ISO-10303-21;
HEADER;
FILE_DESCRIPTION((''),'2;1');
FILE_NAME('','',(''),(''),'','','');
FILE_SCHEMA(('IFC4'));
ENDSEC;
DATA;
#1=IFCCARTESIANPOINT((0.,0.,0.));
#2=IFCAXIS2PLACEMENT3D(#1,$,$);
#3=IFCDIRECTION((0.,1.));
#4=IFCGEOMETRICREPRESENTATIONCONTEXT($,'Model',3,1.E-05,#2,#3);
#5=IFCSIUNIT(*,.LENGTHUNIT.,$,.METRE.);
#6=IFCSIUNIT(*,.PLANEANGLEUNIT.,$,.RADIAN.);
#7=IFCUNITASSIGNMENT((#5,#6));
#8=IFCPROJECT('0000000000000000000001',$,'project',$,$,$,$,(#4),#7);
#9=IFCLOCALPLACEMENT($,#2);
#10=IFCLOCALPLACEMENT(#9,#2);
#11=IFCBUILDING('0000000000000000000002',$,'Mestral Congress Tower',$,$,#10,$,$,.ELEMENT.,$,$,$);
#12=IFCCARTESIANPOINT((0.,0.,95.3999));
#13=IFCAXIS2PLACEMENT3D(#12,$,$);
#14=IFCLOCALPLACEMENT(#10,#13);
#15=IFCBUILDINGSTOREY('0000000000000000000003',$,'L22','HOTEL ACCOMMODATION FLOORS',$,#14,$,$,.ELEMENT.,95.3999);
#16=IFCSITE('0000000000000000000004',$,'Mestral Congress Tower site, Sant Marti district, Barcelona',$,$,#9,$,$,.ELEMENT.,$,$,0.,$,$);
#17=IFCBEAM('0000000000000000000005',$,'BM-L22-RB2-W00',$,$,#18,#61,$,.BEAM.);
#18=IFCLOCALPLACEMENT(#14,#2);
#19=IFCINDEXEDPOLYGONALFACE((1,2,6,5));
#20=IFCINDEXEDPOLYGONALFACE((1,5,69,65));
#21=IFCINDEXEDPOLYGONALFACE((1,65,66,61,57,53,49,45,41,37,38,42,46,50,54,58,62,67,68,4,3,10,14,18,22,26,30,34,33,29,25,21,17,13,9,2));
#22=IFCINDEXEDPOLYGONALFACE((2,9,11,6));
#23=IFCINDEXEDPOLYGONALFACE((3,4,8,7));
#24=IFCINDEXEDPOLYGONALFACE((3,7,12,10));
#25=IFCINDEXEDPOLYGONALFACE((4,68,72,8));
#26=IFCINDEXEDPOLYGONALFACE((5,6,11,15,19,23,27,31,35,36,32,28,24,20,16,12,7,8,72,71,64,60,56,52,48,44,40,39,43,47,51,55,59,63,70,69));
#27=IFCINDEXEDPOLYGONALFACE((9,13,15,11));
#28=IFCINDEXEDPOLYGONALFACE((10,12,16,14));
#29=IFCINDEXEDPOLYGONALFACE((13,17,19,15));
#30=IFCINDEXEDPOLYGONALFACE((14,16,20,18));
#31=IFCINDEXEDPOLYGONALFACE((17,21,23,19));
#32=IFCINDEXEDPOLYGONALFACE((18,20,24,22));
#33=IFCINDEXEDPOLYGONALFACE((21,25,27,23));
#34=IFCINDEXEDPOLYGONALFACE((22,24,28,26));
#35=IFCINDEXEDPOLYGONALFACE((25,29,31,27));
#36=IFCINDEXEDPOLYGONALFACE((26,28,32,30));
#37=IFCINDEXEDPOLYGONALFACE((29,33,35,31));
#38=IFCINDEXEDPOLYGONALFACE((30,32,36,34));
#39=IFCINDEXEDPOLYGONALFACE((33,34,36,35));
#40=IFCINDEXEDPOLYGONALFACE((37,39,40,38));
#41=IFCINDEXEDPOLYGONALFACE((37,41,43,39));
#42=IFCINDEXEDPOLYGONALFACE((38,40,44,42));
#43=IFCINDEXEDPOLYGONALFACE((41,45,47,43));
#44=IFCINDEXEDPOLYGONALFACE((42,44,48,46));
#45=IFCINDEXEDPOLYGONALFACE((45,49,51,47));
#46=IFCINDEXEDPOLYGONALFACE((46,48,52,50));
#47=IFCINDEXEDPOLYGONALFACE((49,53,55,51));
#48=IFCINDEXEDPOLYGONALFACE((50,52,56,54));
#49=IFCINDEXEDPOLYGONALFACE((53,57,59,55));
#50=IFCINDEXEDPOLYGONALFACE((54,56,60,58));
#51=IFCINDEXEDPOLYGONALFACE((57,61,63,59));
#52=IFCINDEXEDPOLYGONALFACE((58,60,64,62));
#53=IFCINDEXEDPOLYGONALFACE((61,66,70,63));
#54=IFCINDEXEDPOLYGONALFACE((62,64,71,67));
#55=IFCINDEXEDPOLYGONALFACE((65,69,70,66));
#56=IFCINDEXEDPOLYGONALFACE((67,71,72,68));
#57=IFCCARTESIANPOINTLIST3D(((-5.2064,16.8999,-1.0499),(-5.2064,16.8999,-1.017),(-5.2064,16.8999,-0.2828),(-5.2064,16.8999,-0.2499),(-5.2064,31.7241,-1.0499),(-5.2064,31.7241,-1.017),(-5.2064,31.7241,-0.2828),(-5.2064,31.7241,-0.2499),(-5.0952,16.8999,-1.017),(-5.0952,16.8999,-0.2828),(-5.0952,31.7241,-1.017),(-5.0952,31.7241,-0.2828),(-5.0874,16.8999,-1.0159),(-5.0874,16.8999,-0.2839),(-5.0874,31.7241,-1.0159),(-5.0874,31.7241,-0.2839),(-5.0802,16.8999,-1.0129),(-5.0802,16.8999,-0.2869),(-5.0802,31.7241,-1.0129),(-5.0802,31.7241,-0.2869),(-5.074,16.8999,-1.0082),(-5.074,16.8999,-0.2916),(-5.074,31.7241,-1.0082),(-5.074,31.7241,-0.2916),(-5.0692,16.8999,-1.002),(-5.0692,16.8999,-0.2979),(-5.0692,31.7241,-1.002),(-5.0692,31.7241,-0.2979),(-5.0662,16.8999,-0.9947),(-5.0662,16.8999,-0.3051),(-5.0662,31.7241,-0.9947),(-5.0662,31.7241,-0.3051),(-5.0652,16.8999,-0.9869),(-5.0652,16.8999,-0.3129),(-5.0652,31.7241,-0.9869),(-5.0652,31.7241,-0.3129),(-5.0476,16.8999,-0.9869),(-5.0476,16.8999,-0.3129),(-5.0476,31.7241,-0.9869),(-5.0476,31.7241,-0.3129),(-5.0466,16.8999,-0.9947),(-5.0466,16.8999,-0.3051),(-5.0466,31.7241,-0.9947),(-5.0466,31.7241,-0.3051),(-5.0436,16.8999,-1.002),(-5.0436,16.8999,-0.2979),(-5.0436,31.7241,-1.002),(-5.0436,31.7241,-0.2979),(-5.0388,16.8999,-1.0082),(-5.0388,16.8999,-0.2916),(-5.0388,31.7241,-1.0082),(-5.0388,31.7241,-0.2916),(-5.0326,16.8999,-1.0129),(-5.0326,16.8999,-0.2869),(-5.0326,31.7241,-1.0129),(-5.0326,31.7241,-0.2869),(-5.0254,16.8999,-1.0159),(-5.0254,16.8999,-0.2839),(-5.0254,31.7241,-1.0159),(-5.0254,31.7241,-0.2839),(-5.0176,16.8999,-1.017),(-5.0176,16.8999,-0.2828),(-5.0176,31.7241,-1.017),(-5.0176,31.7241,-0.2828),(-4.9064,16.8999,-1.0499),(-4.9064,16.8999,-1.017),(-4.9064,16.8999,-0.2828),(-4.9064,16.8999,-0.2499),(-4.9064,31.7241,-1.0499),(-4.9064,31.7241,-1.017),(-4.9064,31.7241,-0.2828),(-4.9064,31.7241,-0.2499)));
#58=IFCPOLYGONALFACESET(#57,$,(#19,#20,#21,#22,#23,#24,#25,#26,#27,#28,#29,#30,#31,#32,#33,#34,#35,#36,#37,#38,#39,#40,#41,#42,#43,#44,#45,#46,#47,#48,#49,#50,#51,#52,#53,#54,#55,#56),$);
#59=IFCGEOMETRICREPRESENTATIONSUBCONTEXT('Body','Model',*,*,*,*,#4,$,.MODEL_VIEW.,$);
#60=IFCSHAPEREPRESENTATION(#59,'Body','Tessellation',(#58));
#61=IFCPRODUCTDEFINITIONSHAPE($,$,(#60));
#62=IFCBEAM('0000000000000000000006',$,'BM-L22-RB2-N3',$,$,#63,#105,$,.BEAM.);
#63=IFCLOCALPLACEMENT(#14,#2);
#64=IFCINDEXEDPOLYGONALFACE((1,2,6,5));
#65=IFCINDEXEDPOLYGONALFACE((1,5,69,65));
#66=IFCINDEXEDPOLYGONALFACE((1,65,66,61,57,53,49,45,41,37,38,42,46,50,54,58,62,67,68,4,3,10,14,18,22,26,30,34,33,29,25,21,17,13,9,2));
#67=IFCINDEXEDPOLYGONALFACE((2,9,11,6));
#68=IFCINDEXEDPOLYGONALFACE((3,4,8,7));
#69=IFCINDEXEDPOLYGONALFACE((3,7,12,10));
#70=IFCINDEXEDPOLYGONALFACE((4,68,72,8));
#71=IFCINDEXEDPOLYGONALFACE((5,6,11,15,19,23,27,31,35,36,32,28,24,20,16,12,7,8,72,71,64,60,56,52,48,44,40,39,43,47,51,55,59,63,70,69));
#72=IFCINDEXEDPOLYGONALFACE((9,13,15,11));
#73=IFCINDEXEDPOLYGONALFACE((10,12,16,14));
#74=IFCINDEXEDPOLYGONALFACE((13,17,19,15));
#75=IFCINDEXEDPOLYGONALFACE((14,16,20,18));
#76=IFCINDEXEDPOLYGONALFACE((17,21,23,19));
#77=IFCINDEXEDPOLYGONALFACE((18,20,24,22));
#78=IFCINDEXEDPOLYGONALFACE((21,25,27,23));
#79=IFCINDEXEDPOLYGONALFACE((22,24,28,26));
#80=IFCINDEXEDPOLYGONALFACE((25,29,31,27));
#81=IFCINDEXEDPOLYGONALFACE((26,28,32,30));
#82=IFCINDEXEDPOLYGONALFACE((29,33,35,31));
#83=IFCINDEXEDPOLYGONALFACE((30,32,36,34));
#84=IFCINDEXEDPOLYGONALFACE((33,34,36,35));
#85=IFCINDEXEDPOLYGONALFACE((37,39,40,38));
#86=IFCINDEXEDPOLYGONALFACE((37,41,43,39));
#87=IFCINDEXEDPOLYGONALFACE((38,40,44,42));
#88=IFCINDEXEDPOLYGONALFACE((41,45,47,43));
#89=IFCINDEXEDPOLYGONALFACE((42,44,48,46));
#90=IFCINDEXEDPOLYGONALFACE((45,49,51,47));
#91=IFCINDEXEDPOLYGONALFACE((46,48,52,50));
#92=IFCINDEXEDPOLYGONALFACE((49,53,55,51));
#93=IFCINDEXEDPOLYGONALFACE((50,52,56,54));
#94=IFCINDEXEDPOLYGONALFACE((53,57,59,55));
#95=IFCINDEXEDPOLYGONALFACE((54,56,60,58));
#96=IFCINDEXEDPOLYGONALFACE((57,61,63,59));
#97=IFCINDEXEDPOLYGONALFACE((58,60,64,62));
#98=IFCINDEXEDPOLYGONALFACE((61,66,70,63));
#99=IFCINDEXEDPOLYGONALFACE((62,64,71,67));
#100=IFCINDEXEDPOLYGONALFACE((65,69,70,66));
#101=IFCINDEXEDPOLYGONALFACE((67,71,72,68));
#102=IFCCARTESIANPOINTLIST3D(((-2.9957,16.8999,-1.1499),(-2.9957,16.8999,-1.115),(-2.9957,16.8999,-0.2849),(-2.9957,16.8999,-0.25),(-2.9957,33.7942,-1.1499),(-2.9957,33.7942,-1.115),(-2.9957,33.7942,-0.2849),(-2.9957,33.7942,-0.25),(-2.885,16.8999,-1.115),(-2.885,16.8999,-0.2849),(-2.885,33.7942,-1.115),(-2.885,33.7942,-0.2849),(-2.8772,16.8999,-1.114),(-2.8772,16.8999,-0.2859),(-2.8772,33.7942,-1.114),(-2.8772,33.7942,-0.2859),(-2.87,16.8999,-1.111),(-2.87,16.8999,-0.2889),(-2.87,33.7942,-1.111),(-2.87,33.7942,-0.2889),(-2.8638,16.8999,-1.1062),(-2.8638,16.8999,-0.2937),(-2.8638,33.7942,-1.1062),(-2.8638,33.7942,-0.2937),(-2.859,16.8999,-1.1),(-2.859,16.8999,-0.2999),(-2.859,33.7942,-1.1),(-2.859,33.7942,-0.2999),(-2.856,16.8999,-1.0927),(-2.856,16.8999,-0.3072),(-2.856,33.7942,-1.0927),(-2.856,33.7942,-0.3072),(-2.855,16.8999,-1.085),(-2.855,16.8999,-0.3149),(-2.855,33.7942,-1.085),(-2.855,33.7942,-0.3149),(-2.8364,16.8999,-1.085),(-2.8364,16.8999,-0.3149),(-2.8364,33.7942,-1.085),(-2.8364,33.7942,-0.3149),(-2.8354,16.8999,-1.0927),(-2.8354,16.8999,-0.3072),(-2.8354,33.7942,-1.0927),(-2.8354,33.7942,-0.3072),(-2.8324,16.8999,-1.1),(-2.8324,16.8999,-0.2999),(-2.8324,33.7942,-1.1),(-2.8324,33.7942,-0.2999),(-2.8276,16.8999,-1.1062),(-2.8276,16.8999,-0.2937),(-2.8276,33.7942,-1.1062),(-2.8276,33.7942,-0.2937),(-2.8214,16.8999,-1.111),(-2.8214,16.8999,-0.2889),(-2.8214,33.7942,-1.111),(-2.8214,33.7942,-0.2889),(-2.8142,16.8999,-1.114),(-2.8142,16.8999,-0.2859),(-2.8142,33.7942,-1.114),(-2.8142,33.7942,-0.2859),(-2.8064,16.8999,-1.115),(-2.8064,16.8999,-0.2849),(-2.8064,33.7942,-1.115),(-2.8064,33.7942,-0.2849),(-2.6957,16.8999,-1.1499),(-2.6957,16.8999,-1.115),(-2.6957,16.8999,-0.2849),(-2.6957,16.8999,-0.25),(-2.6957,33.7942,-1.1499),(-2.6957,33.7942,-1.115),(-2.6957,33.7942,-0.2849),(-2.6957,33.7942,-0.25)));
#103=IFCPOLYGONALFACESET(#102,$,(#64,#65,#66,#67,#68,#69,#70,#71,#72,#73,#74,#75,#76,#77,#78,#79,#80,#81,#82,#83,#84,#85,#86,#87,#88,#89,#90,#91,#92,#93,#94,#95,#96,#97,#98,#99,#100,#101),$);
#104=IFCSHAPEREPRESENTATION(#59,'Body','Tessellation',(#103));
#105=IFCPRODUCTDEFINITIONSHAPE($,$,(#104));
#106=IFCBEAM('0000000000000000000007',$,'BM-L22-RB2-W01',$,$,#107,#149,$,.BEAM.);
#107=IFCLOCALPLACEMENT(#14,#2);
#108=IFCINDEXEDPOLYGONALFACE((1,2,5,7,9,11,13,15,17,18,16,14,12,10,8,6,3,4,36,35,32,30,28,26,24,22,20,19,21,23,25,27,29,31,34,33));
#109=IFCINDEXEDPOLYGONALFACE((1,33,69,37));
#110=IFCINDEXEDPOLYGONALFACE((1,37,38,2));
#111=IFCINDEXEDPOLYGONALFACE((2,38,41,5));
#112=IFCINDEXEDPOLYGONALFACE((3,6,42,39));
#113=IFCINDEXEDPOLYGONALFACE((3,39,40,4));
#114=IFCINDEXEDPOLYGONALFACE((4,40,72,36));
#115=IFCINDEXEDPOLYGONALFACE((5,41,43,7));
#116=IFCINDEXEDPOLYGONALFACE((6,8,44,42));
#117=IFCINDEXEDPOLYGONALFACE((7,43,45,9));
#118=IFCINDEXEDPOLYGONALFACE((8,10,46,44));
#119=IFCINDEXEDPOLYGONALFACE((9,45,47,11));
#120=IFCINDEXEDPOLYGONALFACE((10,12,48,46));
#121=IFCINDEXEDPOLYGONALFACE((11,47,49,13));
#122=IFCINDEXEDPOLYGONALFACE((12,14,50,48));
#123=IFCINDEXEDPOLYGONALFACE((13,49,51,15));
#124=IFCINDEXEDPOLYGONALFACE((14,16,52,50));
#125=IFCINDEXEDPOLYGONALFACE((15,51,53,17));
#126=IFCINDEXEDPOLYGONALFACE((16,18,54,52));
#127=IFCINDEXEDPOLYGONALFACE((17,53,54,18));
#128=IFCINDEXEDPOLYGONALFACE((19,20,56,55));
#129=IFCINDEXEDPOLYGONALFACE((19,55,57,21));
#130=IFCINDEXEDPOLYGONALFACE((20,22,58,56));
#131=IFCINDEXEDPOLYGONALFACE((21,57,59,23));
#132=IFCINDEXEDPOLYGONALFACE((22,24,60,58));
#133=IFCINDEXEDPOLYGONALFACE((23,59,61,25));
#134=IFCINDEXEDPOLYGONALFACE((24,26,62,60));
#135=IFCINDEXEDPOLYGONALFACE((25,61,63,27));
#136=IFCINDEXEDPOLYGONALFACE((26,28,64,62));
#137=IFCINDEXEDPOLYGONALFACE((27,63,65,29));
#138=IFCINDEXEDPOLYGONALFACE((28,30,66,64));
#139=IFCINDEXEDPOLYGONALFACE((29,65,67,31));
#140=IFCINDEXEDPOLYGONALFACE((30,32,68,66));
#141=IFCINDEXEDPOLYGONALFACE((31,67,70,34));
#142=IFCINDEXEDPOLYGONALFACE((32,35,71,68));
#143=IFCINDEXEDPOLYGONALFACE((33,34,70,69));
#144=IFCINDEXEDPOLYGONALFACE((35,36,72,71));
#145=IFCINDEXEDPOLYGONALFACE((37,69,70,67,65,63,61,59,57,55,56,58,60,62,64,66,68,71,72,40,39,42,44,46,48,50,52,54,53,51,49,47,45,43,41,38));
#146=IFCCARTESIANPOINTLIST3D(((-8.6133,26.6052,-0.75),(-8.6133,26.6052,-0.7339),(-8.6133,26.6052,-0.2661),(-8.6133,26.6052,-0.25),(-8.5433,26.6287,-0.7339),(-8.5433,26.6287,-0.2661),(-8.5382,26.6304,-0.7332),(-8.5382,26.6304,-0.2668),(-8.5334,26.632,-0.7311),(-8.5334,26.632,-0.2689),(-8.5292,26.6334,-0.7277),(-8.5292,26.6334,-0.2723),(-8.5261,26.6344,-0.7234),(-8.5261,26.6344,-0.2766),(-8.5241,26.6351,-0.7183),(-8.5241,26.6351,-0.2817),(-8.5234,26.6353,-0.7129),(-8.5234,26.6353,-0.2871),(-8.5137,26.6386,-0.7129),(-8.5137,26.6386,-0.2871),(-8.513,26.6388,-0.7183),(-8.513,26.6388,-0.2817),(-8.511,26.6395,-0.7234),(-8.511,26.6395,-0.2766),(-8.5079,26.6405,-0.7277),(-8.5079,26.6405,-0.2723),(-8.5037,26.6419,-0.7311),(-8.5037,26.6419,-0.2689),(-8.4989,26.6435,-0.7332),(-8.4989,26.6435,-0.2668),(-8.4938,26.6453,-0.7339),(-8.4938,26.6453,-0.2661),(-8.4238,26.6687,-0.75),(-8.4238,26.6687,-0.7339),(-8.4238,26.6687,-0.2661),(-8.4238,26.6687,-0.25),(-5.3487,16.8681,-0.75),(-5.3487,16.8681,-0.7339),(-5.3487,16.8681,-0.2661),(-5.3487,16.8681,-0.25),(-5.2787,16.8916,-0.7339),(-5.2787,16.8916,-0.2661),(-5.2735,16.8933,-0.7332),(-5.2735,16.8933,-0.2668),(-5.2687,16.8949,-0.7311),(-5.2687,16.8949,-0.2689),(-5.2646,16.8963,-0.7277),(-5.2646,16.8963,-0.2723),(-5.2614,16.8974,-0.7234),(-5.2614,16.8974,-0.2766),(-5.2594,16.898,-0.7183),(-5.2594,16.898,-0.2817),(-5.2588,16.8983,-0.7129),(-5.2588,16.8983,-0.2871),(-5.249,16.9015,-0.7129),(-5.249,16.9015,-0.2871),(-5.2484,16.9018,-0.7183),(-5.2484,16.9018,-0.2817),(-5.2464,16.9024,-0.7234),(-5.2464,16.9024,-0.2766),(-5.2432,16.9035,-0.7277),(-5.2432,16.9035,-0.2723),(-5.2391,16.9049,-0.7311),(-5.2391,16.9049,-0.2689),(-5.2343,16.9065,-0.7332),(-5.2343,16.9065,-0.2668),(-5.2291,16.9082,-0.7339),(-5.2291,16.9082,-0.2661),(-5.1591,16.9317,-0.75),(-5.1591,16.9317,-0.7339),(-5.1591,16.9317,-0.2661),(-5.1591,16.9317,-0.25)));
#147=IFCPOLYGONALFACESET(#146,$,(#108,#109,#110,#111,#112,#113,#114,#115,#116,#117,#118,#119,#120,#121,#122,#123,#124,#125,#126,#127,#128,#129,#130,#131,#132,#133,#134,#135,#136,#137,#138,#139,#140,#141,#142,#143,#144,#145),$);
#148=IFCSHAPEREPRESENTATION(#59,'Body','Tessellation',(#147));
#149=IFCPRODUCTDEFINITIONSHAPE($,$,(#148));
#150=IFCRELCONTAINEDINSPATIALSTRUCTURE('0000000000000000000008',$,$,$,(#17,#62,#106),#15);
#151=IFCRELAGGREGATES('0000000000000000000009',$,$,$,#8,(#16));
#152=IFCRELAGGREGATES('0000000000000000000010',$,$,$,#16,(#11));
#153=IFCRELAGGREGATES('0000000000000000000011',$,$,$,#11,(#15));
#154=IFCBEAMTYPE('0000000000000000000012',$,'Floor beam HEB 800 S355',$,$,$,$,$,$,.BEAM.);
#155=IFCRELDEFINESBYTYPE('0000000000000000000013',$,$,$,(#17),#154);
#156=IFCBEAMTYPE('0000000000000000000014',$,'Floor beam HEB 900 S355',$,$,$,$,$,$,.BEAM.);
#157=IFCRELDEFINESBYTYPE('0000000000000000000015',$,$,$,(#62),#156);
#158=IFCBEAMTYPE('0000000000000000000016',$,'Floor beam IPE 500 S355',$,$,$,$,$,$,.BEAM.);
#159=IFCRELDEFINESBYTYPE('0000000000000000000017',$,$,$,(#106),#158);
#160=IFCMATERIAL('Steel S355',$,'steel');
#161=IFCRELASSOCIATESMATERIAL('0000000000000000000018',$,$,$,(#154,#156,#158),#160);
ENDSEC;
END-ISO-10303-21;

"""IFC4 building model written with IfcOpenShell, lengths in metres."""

from ifc_helpers import new_model, si_unit, direction, frame, origin, origin_2d, place, context, subcontext, project, spatial, i_section, extrude, material, material_profile, profile_set, type_object, element, save


model = new_model("IFC4")

# Units and contexts
model_context = context("Model", 3, precision=1e-05, world=origin(), true_north=direction((0.0, 1.0)))
body_context = subcontext(model_context, "Body", "Model", "MODEL_VIEW")
ifc_project = project(units=[si_unit("LENGTHUNIT", "METRE"), si_unit("PLANEANGLEUNIT", "RADIAN")], contexts=[model_context])

# Site, building, storey
site_placement = place(None, origin())
site = spatial("IfcSite", under=ifc_project, at=site_placement, Name="Mestral Congress Tower site, Sant Marti district, Barcelona", CompositionType="ELEMENT", RefElevation=0.0)
building_placement = place(site_placement, origin())
building = spatial("IfcBuilding", under=site, at=building_placement, Name="Mestral Congress Tower", CompositionType="ELEMENT")
storey_placement = place(building_placement, frame((0.0, 0.0, 95.3999)))
storey = spatial("IfcBuildingStorey", under=building, at=storey_placement, Name="L22", Description="HOTEL ACCOMMODATION FLOORS", CompositionType="ELEMENT", Elevation=95.3999)

# Beams
ifc_material_1 = material(Name="Steel S355", Category="steel")
ifc_material_profile_1 = material_profile(ifc_material_1, i_section(OverallWidth=0.3, OverallDepth=0.8, WebThickness=0.0176, FlangeThickness=0.033, FilletRadius=0.03, at=origin_2d()), Name="HEB 800")
ifc_profile_set_1 = profile_set([ifc_material_profile_1], Name="Steel S355")
beam_type_1 = type_object("IfcBeamType", Name="Floor beam HEB 800 S355", PredefinedType="BEAM", material=ifc_profile_set_1)
beam_1_placement = place(storey_placement, frame((-5.0564, 31.7241, -0.6499), z_axis=(0.0, -1.0, 0.0), x_axis=(1.0, 0.0, 0.0)))
element("IfcBeam", 1, at=beam_1_placement, inside=storey, type_object=beam_type_1, Name="BM-L22-RB2-W00", PredefinedType="BEAM", context=body_context, shape_type="SweptSolid", body=[
    extrude(i_section(OverallWidth=0.3, OverallDepth=0.8, WebThickness=0.0176, FlangeThickness=0.033, FilletRadius=0.03, at=origin_2d()), origin(), (0.0, 0.0, 1.0), 14.8242),
])
ifc_material_profile_2 = material_profile(ifc_material_1, i_section(OverallWidth=0.3, OverallDepth=0.8999, WebThickness=0.0186, FlangeThickness=0.0349, FilletRadius=0.03, at=origin_2d()), Name="HEB 900")
ifc_profile_set_2 = profile_set([ifc_material_profile_2], Name="Steel S355")
beam_type_2 = type_object("IfcBeamType", Name="Floor beam HEB 900 S355", PredefinedType="BEAM", material=ifc_profile_set_2)
beam_2_placement = place(storey_placement, frame((-2.8457, 33.7942, -0.7), z_axis=(0.0, -1.0, 0.0), x_axis=(1.0, 0.0, 0.0)))
element("IfcBeam", 2, at=beam_2_placement, inside=storey, type_object=beam_type_2, Name="BM-L22-RB2-N3", PredefinedType="BEAM", context=body_context, shape_type="SweptSolid", body=[
    extrude(i_section(OverallWidth=0.3, OverallDepth=0.8999, WebThickness=0.0186, FlangeThickness=0.0349, FilletRadius=0.03, at=origin_2d()), origin(), (0.0, 0.0, 1.0), 16.8943),
])
ifc_material_profile_3 = material_profile(ifc_material_1, i_section(OverallWidth=0.2, OverallDepth=0.5, WebThickness=0.0103, FlangeThickness=0.0161, FilletRadius=0.021, at=origin_2d()), Name="IPE 500")
ifc_profile_set_3 = profile_set([ifc_material_profile_3], Name="Steel S355")
beam_type_3 = type_object("IfcBeamType", Name="Floor beam IPE 500 S355", PredefinedType="BEAM", material=ifc_profile_set_3)
beam_3_placement = place(storey_placement, frame((-8.5186, 26.637, -0.5), z_axis=(0.317889, -0.948128, 0.0), x_axis=(0.948128, 0.317889, 0.0)))
element("IfcBeam", 3, at=beam_3_placement, inside=storey, type_object=beam_type_3, Name="BM-L22-RB2-W01", PredefinedType="BEAM", context=body_context, shape_type="SweptSolid", body=[
    extrude(i_section(OverallWidth=0.2, OverallDepth=0.5, WebThickness=0.0103, FlangeThickness=0.0161, FilletRadius=0.021, at=origin_2d()), origin(), (0.0, 0.0, 1.0), 10.2698),
])

save(model, "model.ifc")
